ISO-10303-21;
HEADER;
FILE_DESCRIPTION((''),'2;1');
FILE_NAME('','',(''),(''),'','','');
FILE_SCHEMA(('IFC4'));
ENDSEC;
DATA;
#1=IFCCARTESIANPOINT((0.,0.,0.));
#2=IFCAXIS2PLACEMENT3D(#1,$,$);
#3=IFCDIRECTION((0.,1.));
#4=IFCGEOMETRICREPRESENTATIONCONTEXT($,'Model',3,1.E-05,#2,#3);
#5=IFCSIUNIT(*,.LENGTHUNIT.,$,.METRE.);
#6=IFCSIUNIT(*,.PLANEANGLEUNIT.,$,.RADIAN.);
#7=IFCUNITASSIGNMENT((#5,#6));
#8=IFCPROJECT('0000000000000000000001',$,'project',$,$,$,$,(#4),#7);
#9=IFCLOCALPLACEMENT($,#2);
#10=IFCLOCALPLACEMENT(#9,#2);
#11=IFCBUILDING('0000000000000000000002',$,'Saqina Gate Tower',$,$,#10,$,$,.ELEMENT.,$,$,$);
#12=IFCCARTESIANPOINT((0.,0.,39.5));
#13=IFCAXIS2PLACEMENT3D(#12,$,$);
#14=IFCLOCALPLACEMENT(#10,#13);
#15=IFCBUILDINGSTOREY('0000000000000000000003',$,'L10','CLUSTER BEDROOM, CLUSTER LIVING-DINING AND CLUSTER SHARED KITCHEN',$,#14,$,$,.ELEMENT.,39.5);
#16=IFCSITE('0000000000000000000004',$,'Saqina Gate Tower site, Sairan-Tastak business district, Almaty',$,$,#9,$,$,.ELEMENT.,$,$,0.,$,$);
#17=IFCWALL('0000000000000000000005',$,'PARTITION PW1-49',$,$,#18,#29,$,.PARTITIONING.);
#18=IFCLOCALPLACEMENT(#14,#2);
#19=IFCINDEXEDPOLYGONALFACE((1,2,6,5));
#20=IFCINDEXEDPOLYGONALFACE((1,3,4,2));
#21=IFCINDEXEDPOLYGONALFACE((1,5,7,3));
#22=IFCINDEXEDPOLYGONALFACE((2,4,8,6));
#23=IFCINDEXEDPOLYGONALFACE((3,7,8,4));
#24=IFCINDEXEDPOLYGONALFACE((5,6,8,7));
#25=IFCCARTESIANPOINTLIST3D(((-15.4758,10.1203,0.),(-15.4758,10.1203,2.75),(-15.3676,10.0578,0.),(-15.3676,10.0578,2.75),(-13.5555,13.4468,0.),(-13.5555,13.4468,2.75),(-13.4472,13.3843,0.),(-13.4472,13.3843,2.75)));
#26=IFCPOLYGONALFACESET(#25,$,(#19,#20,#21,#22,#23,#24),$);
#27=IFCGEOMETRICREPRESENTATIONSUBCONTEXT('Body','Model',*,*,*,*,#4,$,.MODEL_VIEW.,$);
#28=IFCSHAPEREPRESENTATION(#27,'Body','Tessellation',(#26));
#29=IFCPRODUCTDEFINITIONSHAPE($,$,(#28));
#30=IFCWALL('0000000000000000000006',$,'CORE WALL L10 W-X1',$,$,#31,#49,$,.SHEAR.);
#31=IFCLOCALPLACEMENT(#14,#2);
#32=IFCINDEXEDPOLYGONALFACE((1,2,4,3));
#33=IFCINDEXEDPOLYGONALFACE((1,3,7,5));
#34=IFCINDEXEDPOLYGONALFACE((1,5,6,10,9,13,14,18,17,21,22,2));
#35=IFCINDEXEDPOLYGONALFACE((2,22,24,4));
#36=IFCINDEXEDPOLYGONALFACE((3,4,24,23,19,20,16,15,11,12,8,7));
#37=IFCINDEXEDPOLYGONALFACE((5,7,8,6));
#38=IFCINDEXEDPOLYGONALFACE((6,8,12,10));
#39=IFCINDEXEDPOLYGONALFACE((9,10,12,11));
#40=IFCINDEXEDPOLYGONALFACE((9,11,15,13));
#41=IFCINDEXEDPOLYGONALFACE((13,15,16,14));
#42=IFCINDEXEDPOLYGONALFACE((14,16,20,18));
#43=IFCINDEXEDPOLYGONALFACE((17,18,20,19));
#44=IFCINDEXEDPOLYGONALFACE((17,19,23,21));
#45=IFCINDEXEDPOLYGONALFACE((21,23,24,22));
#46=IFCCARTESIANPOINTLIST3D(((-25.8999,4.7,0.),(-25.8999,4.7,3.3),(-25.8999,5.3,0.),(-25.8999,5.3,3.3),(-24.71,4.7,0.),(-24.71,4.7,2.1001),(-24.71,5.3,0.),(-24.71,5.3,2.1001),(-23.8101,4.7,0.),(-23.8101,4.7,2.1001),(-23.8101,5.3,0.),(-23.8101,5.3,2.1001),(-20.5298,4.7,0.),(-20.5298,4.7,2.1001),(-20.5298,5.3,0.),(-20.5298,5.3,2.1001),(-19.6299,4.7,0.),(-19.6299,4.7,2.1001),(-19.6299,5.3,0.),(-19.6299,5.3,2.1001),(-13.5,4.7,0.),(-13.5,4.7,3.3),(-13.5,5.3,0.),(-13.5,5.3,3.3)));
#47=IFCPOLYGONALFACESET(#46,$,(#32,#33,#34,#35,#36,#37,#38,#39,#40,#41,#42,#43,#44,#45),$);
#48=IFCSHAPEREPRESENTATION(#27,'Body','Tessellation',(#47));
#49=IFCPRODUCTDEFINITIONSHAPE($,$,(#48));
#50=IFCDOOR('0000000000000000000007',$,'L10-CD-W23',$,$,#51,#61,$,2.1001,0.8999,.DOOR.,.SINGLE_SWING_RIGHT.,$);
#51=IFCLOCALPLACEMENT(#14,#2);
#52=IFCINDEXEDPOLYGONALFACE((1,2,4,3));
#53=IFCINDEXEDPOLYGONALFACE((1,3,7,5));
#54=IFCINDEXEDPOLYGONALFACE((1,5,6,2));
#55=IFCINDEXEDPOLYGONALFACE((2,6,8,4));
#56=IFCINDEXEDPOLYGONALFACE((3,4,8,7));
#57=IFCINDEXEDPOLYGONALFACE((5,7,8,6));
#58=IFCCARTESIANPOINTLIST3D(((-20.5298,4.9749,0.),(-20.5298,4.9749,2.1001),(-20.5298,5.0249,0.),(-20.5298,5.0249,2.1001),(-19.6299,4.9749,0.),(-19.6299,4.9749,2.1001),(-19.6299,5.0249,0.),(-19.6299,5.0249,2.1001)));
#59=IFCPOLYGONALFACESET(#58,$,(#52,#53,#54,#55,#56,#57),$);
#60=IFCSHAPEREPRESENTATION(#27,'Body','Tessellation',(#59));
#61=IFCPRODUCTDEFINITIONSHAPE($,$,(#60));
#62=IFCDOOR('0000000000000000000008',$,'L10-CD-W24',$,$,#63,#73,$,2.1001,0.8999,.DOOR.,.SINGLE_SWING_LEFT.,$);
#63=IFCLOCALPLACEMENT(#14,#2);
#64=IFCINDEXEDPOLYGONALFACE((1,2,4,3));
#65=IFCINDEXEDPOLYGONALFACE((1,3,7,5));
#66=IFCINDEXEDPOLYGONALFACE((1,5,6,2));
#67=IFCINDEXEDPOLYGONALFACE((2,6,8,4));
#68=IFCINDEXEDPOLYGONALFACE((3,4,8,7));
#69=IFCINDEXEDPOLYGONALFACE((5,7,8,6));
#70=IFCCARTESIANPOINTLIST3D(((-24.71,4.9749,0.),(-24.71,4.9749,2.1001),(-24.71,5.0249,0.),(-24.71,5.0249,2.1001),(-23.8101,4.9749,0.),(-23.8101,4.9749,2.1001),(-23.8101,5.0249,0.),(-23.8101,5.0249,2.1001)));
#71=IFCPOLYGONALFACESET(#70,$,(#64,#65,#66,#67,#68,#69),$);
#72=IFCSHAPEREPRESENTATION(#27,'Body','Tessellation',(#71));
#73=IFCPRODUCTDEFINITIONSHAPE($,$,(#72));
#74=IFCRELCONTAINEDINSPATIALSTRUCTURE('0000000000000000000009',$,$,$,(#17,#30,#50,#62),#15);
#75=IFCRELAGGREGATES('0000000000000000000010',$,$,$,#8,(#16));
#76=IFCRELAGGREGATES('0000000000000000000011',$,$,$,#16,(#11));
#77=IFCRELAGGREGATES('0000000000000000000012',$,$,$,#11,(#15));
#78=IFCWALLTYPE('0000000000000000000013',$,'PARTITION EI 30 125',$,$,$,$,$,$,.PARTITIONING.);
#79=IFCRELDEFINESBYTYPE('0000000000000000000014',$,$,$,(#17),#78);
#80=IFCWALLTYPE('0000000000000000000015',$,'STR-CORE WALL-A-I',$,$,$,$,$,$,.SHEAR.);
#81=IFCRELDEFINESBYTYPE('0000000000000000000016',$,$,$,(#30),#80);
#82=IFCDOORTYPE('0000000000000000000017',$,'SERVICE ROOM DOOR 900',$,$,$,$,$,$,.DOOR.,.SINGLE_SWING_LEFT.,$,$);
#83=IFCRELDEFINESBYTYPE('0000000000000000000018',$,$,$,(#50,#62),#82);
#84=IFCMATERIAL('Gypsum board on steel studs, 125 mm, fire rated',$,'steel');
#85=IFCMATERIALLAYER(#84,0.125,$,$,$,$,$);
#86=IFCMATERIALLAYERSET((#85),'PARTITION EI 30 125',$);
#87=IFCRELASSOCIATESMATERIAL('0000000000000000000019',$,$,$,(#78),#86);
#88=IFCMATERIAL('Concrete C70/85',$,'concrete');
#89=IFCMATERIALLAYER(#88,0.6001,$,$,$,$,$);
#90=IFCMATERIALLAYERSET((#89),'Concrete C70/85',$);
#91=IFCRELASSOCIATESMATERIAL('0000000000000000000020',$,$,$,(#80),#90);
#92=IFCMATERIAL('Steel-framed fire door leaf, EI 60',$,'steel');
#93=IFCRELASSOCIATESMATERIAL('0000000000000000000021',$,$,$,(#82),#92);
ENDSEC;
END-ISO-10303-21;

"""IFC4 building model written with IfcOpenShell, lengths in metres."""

from ifc_helpers import new_model, si_unit, direction, frame, frame_2d, origin, place, context, subcontext, project, spatial, rectangle, extrude, material, layer, layer_set, type_object, element, fill, save


model = new_model("IFC4")

# Units and contexts
model_context = context("Model", 3, precision=1e-05, world=origin(), true_north=direction((0.0, 1.0)))
body_context = subcontext(model_context, "Body", "Model", "MODEL_VIEW")
ifc_project = project(units=[si_unit("LENGTHUNIT", "METRE"), si_unit("PLANEANGLEUNIT", "RADIAN")], contexts=[model_context])

# Site, building, storey
site_placement = place(None, origin())
site = spatial("IfcSite", under=ifc_project, at=site_placement, Name="Saqina Gate Tower site, Sairan-Tastak business district, Almaty", CompositionType="ELEMENT", RefElevation=0.0)
building_placement = place(site_placement, origin())
building = spatial("IfcBuilding", under=site, at=building_placement, Name="Saqina Gate Tower", CompositionType="ELEMENT")
storey_placement = place(building_placement, frame((0.0, 0.0, 39.5)))
storey = spatial("IfcBuildingStorey", under=building, at=storey_placement, Name="L10", Description="CLUSTER BEDROOM, CLUSTER LIVING-DINING AND CLUSTER SHARED KITCHEN", CompositionType="ELEMENT", Elevation=39.5)

# Shared definitions
ifc_material_1 = material(Name="Gypsum board on steel studs, 125 mm, fire rated", Category="steel")
ifc_layer_1 = layer(ifc_material_1, 0.125)
ifc_layer_set_1 = layer_set([ifc_layer_1], Name="PARTITION EI 30 125")
wall_type_1 = type_object("IfcWallType", Name="PARTITION EI 30 125", PredefinedType="PARTITIONING", material=ifc_layer_set_1)

# Wall
wall_1_placement = place(storey_placement, frame((-15.4216, 10.0891, 0.0), z_axis=(0.0, 0.0, 1.0), x_axis=(0.499954, 0.866052, 0.0)))
element("IfcWall", 1, at=wall_1_placement, inside=storey, type_object=wall_type_1, Name="PARTITION PW1-49", PredefinedType="PARTITIONING", context=body_context, shape_type="SweptSolid", body=[
    extrude(rectangle(XDim=3.8411, YDim=0.125, at=frame_2d((1.9204, 0.0))), origin(), (0.0, 0.0, 1.0), 2.75),
])

# Wall, openings, doors
ifc_material_2 = material(Name="Concrete C70/85", Category="concrete")
ifc_layer_2 = layer(ifc_material_2, 0.6001)
ifc_layer_set_2 = layer_set([ifc_layer_2], Name="Concrete C70/85")
wall_type_2 = type_object("IfcWallType", Name="STR-CORE WALL-A-I", PredefinedType="SHEAR", material=ifc_layer_set_2)
wall_2_placement = place(storey_placement, frame((-13.5, 5.0, 0.0), z_axis=(0.0, 0.0, 1.0), x_axis=(-1.0, 0.0, 0.0)))
wall_2 = element("IfcWall", 2, at=wall_2_placement, inside=storey, type_object=wall_type_2, Name="CORE WALL L10 W-X1", PredefinedType="SHEAR", context=body_context, shape_type="SweptSolid", body=[
    extrude(rectangle(XDim=12.3999, YDim=0.6001, at=frame_2d((6.2, 0.0))), origin(), (0.0, 0.0, 1.0), 3.3),
])
opening_1_placement = place(wall_2_placement, frame((6.1299, 0.0, 0.0)))
opening_1 = element("IfcOpeningElement", 3, at=opening_1_placement, cuts=wall_2, PredefinedType="OPENING", context=body_context, shape_type="SweptSolid", body=[
    extrude(rectangle(XDim=0.8999, YDim=2.1001, at=frame_2d((0.45, 1.05))), frame((0.0, 0.312, 0.0), z_axis=(0.0, -1.0, 0.0), x_axis=(1.0, 0.0, 0.0)), (0.0, 0.0, 1.0), 0.624),
])
opening_2_placement = place(wall_2_placement, frame((10.3101, 0.0, 0.0)))
opening_2 = element("IfcOpeningElement", 4, at=opening_2_placement, cuts=wall_2, PredefinedType="OPENING", context=body_context, shape_type="SweptSolid", body=[
    extrude(rectangle(XDim=0.8999, YDim=2.1001, at=frame_2d((0.45, 1.05))), frame((0.0, 0.312, 0.0), z_axis=(0.0, -1.0, 0.0), x_axis=(1.0, 0.0, 0.0)), (0.0, 0.0, 1.0), 0.624),
])
ifc_material_3 = material(Name="Steel-framed fire door leaf, EI 60", Category="steel")
door_type_1 = type_object("IfcDoorType", Name="SERVICE ROOM DOOR 900", OperationType="SINGLE_SWING_LEFT", PredefinedType="DOOR", material=ifc_material_3)
door_1_placement = place(opening_1_placement, frame((0.8999, 0.0, 0.0), z_axis=(0.0, 0.0, 1.0), x_axis=(-1.0, 0.0, 0.0)))
door_1 = element("IfcDoor", 5, at=door_1_placement, inside=storey, type_object=door_type_1, Name="L10-CD-W23", OperationType="SINGLE_SWING_RIGHT", OverallHeight=2.1001, OverallWidth=0.8999, PredefinedType="DOOR", context=body_context, shape_type="SweptSolid", body=[
    extrude(rectangle(XDim=0.8999, YDim=2.1001, at=frame_2d((0.45, 1.05))), frame((0.0, 0.0249, 0.0), z_axis=(0.0, -1.0, 0.0), x_axis=(1.0, 0.0, 0.0)), (0.0, 0.0, 1.0), 0.05),
])
fill(opening_1, door_1)
door_2_placement = place(opening_2_placement, frame((0.8999, 0.0, 0.0), z_axis=(0.0, 0.0, 1.0), x_axis=(-1.0, 0.0, 0.0)))
door_2 = element("IfcDoor", 6, at=door_2_placement, inside=storey, type_object=door_type_1, Name="L10-CD-W24", OperationType="SINGLE_SWING_LEFT", OverallHeight=2.1001, OverallWidth=0.8999, PredefinedType="DOOR", context=body_context, shape_type="SweptSolid", body=[
    extrude(rectangle(XDim=0.8999, YDim=2.1001, at=frame_2d((0.45, 1.05))), frame((0.0, 0.0249, 0.0), z_axis=(0.0, -1.0, 0.0), x_axis=(1.0, 0.0, 0.0)), (0.0, 0.0, 1.0), 0.05),
])
fill(opening_2, door_2)

save(model, "model.ifc")
